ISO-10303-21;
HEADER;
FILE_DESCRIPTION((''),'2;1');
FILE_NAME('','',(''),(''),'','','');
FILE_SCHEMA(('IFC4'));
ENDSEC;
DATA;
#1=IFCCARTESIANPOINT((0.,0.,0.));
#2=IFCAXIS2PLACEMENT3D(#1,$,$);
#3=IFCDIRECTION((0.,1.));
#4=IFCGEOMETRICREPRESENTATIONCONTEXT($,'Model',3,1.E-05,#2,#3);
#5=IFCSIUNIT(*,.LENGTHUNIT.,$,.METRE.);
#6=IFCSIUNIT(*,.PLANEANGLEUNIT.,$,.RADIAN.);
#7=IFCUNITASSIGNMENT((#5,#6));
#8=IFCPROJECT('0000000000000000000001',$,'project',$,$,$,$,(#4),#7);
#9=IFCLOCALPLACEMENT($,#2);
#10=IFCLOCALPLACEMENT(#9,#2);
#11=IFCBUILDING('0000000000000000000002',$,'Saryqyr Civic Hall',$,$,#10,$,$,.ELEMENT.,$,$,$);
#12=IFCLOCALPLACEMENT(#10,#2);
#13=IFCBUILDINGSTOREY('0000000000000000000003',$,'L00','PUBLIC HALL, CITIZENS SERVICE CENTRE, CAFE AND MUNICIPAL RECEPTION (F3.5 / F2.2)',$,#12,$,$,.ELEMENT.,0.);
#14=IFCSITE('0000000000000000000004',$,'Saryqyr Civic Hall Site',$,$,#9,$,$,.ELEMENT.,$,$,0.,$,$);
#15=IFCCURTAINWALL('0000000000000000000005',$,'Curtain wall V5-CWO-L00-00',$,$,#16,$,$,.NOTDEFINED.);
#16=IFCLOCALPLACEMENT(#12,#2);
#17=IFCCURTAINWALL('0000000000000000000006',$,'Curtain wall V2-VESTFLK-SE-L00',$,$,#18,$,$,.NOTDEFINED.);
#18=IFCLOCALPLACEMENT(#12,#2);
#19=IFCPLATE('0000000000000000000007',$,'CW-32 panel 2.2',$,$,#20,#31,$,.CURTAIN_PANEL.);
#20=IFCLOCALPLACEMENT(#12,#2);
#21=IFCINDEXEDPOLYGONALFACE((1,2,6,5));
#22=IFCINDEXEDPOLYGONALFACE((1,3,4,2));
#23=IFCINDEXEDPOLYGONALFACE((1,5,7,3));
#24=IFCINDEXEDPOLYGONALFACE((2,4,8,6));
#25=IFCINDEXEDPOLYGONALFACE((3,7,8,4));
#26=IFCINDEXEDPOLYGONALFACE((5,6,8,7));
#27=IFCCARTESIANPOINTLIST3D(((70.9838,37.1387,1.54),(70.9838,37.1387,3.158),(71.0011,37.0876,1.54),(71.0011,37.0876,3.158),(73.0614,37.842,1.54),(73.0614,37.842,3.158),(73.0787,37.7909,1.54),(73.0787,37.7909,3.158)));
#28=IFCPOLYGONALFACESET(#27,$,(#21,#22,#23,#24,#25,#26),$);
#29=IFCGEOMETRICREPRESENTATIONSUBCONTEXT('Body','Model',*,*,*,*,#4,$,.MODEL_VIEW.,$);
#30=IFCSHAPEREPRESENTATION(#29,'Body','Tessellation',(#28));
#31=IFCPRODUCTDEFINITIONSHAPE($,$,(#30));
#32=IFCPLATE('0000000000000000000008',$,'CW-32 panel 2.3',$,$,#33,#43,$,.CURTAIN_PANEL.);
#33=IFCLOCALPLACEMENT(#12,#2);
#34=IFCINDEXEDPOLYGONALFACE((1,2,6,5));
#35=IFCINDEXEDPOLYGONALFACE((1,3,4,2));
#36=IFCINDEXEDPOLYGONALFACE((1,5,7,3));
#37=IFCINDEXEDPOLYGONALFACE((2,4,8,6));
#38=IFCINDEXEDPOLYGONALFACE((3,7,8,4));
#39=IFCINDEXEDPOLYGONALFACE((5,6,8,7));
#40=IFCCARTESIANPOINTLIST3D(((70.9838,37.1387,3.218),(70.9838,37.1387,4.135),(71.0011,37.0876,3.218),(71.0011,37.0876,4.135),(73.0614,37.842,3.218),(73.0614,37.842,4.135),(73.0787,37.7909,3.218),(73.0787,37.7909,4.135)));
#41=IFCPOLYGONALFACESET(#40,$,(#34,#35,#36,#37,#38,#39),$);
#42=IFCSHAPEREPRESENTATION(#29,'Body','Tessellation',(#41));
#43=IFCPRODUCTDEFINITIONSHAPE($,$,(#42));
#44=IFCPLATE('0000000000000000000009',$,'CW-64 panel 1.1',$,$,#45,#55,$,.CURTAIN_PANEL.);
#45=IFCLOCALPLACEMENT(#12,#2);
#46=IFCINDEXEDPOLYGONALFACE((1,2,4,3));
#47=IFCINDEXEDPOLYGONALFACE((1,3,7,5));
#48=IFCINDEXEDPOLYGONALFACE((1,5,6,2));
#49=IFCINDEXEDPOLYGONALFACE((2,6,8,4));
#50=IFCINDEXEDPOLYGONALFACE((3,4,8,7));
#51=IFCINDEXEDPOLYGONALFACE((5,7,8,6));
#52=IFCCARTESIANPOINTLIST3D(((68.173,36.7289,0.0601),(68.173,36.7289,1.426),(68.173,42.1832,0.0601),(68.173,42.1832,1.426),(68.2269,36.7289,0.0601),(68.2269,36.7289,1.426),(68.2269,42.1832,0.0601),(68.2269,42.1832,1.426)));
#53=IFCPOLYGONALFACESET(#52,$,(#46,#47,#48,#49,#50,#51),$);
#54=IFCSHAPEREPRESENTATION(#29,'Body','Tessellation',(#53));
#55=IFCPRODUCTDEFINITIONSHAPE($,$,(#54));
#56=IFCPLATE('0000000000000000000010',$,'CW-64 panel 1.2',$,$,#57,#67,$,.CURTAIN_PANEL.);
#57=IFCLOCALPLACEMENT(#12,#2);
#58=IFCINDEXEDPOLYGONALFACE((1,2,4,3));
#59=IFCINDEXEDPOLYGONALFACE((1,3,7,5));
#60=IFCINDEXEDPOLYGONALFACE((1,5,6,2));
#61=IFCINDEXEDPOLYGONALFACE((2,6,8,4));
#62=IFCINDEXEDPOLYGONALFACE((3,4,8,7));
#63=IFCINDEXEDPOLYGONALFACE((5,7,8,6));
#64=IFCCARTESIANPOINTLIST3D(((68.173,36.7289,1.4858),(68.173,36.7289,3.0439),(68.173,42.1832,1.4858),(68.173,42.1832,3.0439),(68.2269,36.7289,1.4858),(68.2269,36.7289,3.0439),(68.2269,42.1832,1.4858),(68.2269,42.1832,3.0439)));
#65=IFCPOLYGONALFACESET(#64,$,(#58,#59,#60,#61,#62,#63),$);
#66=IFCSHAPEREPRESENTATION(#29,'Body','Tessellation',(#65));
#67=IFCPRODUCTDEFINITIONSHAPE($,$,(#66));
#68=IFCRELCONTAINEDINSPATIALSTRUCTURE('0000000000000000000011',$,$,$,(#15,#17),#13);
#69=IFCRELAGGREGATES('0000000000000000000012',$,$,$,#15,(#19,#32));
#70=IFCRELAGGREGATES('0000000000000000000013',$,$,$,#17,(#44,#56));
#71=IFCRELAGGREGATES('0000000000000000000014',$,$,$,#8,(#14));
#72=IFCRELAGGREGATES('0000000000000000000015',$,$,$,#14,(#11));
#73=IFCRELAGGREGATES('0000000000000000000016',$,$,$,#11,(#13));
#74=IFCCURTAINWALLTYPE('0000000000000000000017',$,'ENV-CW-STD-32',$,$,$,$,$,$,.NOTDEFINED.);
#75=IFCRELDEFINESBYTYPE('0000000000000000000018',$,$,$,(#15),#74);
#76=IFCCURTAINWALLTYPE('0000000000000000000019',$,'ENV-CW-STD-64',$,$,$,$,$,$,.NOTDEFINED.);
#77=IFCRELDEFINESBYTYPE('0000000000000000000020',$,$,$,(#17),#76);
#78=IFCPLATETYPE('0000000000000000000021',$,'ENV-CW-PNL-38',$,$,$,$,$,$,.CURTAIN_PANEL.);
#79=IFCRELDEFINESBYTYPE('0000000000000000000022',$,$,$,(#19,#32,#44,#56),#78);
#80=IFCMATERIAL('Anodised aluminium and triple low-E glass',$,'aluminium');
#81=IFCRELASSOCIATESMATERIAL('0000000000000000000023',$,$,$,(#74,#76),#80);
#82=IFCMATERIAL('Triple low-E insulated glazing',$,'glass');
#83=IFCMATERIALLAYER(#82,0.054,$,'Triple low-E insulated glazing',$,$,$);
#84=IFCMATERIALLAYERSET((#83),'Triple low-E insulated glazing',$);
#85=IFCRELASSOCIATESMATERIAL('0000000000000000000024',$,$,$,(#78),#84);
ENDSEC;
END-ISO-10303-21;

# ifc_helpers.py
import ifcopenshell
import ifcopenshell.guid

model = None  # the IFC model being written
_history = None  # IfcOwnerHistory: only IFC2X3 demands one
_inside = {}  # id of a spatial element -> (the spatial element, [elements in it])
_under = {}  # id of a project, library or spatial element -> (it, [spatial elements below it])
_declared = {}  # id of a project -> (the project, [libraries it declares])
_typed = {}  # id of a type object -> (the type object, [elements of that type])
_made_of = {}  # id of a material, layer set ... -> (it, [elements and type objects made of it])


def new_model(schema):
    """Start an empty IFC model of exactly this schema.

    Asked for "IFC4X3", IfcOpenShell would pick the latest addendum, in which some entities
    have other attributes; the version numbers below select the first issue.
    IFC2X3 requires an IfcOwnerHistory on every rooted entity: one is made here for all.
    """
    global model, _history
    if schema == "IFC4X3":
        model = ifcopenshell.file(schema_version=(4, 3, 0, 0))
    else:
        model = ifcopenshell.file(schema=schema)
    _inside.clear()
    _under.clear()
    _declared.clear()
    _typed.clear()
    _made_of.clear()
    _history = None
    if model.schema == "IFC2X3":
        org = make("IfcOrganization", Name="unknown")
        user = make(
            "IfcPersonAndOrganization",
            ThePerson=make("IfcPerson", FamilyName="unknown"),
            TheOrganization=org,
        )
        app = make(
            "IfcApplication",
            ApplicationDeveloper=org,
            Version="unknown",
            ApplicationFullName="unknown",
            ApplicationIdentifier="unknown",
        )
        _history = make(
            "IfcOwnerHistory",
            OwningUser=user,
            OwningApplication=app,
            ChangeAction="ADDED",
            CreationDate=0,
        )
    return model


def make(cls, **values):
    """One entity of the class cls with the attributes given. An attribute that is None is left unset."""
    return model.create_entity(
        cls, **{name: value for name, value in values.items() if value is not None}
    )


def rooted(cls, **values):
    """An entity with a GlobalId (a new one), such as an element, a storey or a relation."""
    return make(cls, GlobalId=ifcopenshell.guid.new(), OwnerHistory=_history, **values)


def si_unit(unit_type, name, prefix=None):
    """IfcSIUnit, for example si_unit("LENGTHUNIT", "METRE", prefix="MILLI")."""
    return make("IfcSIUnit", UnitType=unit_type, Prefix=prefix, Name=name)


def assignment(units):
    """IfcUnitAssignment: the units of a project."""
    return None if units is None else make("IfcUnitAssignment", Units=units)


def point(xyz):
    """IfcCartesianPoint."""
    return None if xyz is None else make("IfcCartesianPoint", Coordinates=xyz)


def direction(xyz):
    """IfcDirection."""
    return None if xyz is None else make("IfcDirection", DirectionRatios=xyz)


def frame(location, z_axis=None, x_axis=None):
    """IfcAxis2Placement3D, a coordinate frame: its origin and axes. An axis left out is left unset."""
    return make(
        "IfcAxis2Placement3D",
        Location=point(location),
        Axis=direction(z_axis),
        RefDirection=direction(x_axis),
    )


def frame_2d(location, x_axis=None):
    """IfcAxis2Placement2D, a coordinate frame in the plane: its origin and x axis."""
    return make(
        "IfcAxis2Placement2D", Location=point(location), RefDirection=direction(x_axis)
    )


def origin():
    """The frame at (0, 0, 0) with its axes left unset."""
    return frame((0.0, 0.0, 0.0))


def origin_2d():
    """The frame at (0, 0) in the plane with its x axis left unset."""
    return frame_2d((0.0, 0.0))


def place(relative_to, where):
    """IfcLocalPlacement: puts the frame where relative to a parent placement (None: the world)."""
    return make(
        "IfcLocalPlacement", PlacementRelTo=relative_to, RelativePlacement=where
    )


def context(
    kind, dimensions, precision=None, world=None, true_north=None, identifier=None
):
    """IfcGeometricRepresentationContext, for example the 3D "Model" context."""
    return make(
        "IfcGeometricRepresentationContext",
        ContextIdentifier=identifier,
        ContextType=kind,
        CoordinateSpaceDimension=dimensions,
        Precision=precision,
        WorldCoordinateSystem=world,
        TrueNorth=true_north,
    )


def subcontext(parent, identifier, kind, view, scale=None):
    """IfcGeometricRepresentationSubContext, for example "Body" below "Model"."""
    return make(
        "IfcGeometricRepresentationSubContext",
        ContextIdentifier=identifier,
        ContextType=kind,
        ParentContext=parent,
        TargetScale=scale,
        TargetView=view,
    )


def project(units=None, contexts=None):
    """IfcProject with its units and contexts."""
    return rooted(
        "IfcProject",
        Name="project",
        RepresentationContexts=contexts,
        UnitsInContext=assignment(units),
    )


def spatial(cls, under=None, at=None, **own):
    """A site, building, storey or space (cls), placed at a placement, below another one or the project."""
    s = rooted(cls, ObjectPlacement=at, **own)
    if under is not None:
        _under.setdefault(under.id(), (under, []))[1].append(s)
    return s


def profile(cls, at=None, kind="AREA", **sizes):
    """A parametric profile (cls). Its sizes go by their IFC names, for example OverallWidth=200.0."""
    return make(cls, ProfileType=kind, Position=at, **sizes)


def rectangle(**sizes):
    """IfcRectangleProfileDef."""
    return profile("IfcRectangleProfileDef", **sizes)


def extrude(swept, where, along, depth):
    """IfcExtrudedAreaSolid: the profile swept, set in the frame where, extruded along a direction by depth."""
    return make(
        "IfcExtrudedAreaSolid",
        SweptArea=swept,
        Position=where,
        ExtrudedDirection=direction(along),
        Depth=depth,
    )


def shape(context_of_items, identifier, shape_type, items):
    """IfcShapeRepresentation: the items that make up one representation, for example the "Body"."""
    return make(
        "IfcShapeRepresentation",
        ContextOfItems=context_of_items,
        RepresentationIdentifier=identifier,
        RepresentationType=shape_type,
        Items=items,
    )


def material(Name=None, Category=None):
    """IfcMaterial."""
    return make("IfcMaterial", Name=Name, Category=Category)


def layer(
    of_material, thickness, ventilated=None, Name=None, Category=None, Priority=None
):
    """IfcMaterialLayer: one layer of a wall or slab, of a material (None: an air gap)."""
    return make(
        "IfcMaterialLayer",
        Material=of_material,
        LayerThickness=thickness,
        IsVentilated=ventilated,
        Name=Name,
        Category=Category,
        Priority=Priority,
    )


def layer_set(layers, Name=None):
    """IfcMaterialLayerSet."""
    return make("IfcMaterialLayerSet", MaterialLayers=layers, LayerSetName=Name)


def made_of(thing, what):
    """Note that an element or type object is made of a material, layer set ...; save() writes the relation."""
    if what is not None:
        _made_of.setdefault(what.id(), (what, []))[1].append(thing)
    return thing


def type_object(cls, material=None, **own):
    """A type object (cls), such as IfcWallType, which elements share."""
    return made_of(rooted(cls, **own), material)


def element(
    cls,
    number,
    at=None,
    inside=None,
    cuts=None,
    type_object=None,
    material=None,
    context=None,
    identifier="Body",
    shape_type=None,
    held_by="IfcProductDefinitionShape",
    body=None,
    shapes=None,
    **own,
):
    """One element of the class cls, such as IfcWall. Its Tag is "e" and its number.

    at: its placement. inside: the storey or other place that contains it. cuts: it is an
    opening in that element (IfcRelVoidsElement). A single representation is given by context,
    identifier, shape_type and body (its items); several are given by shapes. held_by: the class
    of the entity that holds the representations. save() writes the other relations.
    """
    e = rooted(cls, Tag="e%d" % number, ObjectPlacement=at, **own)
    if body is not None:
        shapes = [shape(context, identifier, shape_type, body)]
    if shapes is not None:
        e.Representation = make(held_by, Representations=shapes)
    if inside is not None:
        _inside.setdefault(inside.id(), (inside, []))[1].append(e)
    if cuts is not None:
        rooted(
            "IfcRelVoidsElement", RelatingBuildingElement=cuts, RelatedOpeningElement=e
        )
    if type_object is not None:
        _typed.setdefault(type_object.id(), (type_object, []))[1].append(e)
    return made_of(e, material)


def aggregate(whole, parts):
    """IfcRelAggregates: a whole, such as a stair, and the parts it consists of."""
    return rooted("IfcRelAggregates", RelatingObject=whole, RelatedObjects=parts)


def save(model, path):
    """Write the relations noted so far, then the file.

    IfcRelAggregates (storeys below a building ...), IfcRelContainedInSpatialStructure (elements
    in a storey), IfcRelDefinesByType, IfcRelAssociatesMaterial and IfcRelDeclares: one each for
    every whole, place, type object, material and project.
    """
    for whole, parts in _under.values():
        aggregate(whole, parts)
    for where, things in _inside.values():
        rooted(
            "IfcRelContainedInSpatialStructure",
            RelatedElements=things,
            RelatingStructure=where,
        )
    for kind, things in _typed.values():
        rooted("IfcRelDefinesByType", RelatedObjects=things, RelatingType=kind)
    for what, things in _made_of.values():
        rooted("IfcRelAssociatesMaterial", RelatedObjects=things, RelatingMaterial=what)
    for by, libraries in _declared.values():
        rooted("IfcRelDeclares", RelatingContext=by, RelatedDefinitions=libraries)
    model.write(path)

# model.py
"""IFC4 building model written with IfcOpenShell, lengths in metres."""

from ifc_helpers import new_model, si_unit, direction, frame, origin, origin_2d, place, context, subcontext, project, spatial, rectangle, extrude, material, layer, layer_set, type_object, element, aggregate, save


model = new_model("IFC4")

# Units and contexts
model_context = context("Model", 3, precision=1e-05, world=origin(), true_north=direction((0.0, 1.0)))
body_context = subcontext(model_context, "Body", "Model", "MODEL_VIEW")
ifc_project = project(units=[si_unit("LENGTHUNIT", "METRE"), si_unit("PLANEANGLEUNIT", "RADIAN")], contexts=[model_context])

# Site, building, storey
site_placement = place(None, origin())
site = spatial("IfcSite", under=ifc_project, at=site_placement, Name="Saryqyr Civic Hall Site", CompositionType="ELEMENT", RefElevation=0.0)
building_placement = place(site_placement, origin())
building = spatial("IfcBuilding", under=site, at=building_placement, Name="Saryqyr Civic Hall", CompositionType="ELEMENT")
storey_placement = place(building_placement, origin())
storey = spatial("IfcBuildingStorey", under=building, at=storey_placement, Name="L00", Description="PUBLIC HALL, CITIZENS SERVICE CENTRE, CAFE AND MUNICIPAL RECEPTION (F3.5 / F2.2)", CompositionType="ELEMENT", Elevation=0.0)

# Curtain wall
ifc_material_1 = material(Name="Anodised aluminium and triple low-E glass", Category="aluminium")
curtain_wall_type_1 = type_object("IfcCurtainWallType", Name="ENV-CW-STD-32", PredefinedType="NOTDEFINED", material=ifc_material_1)
curtain_wall_1_placement = place(storey_placement, origin())
curtain_wall_1 = element("IfcCurtainWall", 1, at=curtain_wall_1_placement, inside=storey, type_object=curtain_wall_type_1, Name="Curtain wall V5-CWO-L00-00", PredefinedType="NOTDEFINED")

# Curtain wall
curtain_wall_type_2 = type_object("IfcCurtainWallType", Name="ENV-CW-STD-64", PredefinedType="NOTDEFINED", material=ifc_material_1)
curtain_wall_2_placement = place(storey_placement, origin())
curtain_wall_2 = element("IfcCurtainWall", 2, at=curtain_wall_2_placement, inside=storey, type_object=curtain_wall_type_2, Name="Curtain wall V2-VESTFLK-SE-L00", PredefinedType="NOTDEFINED")

# Plates
ifc_material_2 = material(Name="Triple low-E insulated glazing", Category="glass")
ifc_layer = layer(ifc_material_2, 0.054, Name="Triple low-E insulated glazing")
ifc_layer_set = layer_set([ifc_layer], Name="Triple low-E insulated glazing")
plate_type = type_object("IfcPlateType", Name="ENV-CW-PNL-38", PredefinedType="CURTAIN_PANEL", material=ifc_layer_set)
plate_1_placement = place(storey_placement, frame((72.0312, 37.4648, 1.54), z_axis=(0.0, 0.0, 1.0), x_axis=(-0.947197, -0.320652, 0.0)))
plate_1 = element("IfcPlate", 3, at=plate_1_placement, type_object=plate_type, Name="CW-32 panel 2.2", PredefinedType="CURTAIN_PANEL", context=body_context, shape_type="SweptSolid", body=[
    extrude(rectangle(XDim=2.1934, YDim=0.054, at=origin_2d()), origin(), (0.0, 0.0, 1.0), 1.6179),
])
plate_2_placement = place(storey_placement, frame((72.0312, 37.4648, 3.218), z_axis=(0.0, 0.0, 1.0), x_axis=(-0.947197, -0.320652, 0.0)))
plate_2 = element("IfcPlate", 4, at=plate_2_placement, type_object=plate_type, Name="CW-32 panel 2.3", PredefinedType="CURTAIN_PANEL", context=body_context, shape_type="SweptSolid", body=[
    extrude(rectangle(XDim=2.1934, YDim=0.054, at=origin_2d()), origin(), (0.0, 0.0, 1.0), 0.917),
])
aggregate(curtain_wall_1, [plate_1, plate_2])
plate_3_placement = place(storey_placement, frame((68.2, 39.4561, 0.0601), z_axis=(0.0, 0.0, 1.0), x_axis=(0.0, -1.0, 0.0)))
plate_3 = element("IfcPlate", 5, at=plate_3_placement, type_object=plate_type, Name="CW-64 panel 1.1", PredefinedType="CURTAIN_PANEL", context=body_context, shape_type="SweptSolid", body=[
    extrude(rectangle(XDim=5.4543, YDim=0.054, at=origin_2d()), origin(), (0.0, 0.0, 1.0), 1.366),
])
plate_4_placement = place(storey_placement, frame((68.2, 39.4561, 1.4858), z_axis=(0.0, 0.0, 1.0), x_axis=(0.0, -1.0, 0.0)))
plate_4 = element("IfcPlate", 6, at=plate_4_placement, type_object=plate_type, Name="CW-64 panel 1.2", PredefinedType="CURTAIN_PANEL", context=body_context, shape_type="SweptSolid", body=[
    extrude(rectangle(XDim=5.4543, YDim=0.054, at=origin_2d()), origin(), (0.0, 0.0, 1.0), 1.5581),
])
aggregate(curtain_wall_2, [plate_3, plate_4])

save(model, "model.ifc")
